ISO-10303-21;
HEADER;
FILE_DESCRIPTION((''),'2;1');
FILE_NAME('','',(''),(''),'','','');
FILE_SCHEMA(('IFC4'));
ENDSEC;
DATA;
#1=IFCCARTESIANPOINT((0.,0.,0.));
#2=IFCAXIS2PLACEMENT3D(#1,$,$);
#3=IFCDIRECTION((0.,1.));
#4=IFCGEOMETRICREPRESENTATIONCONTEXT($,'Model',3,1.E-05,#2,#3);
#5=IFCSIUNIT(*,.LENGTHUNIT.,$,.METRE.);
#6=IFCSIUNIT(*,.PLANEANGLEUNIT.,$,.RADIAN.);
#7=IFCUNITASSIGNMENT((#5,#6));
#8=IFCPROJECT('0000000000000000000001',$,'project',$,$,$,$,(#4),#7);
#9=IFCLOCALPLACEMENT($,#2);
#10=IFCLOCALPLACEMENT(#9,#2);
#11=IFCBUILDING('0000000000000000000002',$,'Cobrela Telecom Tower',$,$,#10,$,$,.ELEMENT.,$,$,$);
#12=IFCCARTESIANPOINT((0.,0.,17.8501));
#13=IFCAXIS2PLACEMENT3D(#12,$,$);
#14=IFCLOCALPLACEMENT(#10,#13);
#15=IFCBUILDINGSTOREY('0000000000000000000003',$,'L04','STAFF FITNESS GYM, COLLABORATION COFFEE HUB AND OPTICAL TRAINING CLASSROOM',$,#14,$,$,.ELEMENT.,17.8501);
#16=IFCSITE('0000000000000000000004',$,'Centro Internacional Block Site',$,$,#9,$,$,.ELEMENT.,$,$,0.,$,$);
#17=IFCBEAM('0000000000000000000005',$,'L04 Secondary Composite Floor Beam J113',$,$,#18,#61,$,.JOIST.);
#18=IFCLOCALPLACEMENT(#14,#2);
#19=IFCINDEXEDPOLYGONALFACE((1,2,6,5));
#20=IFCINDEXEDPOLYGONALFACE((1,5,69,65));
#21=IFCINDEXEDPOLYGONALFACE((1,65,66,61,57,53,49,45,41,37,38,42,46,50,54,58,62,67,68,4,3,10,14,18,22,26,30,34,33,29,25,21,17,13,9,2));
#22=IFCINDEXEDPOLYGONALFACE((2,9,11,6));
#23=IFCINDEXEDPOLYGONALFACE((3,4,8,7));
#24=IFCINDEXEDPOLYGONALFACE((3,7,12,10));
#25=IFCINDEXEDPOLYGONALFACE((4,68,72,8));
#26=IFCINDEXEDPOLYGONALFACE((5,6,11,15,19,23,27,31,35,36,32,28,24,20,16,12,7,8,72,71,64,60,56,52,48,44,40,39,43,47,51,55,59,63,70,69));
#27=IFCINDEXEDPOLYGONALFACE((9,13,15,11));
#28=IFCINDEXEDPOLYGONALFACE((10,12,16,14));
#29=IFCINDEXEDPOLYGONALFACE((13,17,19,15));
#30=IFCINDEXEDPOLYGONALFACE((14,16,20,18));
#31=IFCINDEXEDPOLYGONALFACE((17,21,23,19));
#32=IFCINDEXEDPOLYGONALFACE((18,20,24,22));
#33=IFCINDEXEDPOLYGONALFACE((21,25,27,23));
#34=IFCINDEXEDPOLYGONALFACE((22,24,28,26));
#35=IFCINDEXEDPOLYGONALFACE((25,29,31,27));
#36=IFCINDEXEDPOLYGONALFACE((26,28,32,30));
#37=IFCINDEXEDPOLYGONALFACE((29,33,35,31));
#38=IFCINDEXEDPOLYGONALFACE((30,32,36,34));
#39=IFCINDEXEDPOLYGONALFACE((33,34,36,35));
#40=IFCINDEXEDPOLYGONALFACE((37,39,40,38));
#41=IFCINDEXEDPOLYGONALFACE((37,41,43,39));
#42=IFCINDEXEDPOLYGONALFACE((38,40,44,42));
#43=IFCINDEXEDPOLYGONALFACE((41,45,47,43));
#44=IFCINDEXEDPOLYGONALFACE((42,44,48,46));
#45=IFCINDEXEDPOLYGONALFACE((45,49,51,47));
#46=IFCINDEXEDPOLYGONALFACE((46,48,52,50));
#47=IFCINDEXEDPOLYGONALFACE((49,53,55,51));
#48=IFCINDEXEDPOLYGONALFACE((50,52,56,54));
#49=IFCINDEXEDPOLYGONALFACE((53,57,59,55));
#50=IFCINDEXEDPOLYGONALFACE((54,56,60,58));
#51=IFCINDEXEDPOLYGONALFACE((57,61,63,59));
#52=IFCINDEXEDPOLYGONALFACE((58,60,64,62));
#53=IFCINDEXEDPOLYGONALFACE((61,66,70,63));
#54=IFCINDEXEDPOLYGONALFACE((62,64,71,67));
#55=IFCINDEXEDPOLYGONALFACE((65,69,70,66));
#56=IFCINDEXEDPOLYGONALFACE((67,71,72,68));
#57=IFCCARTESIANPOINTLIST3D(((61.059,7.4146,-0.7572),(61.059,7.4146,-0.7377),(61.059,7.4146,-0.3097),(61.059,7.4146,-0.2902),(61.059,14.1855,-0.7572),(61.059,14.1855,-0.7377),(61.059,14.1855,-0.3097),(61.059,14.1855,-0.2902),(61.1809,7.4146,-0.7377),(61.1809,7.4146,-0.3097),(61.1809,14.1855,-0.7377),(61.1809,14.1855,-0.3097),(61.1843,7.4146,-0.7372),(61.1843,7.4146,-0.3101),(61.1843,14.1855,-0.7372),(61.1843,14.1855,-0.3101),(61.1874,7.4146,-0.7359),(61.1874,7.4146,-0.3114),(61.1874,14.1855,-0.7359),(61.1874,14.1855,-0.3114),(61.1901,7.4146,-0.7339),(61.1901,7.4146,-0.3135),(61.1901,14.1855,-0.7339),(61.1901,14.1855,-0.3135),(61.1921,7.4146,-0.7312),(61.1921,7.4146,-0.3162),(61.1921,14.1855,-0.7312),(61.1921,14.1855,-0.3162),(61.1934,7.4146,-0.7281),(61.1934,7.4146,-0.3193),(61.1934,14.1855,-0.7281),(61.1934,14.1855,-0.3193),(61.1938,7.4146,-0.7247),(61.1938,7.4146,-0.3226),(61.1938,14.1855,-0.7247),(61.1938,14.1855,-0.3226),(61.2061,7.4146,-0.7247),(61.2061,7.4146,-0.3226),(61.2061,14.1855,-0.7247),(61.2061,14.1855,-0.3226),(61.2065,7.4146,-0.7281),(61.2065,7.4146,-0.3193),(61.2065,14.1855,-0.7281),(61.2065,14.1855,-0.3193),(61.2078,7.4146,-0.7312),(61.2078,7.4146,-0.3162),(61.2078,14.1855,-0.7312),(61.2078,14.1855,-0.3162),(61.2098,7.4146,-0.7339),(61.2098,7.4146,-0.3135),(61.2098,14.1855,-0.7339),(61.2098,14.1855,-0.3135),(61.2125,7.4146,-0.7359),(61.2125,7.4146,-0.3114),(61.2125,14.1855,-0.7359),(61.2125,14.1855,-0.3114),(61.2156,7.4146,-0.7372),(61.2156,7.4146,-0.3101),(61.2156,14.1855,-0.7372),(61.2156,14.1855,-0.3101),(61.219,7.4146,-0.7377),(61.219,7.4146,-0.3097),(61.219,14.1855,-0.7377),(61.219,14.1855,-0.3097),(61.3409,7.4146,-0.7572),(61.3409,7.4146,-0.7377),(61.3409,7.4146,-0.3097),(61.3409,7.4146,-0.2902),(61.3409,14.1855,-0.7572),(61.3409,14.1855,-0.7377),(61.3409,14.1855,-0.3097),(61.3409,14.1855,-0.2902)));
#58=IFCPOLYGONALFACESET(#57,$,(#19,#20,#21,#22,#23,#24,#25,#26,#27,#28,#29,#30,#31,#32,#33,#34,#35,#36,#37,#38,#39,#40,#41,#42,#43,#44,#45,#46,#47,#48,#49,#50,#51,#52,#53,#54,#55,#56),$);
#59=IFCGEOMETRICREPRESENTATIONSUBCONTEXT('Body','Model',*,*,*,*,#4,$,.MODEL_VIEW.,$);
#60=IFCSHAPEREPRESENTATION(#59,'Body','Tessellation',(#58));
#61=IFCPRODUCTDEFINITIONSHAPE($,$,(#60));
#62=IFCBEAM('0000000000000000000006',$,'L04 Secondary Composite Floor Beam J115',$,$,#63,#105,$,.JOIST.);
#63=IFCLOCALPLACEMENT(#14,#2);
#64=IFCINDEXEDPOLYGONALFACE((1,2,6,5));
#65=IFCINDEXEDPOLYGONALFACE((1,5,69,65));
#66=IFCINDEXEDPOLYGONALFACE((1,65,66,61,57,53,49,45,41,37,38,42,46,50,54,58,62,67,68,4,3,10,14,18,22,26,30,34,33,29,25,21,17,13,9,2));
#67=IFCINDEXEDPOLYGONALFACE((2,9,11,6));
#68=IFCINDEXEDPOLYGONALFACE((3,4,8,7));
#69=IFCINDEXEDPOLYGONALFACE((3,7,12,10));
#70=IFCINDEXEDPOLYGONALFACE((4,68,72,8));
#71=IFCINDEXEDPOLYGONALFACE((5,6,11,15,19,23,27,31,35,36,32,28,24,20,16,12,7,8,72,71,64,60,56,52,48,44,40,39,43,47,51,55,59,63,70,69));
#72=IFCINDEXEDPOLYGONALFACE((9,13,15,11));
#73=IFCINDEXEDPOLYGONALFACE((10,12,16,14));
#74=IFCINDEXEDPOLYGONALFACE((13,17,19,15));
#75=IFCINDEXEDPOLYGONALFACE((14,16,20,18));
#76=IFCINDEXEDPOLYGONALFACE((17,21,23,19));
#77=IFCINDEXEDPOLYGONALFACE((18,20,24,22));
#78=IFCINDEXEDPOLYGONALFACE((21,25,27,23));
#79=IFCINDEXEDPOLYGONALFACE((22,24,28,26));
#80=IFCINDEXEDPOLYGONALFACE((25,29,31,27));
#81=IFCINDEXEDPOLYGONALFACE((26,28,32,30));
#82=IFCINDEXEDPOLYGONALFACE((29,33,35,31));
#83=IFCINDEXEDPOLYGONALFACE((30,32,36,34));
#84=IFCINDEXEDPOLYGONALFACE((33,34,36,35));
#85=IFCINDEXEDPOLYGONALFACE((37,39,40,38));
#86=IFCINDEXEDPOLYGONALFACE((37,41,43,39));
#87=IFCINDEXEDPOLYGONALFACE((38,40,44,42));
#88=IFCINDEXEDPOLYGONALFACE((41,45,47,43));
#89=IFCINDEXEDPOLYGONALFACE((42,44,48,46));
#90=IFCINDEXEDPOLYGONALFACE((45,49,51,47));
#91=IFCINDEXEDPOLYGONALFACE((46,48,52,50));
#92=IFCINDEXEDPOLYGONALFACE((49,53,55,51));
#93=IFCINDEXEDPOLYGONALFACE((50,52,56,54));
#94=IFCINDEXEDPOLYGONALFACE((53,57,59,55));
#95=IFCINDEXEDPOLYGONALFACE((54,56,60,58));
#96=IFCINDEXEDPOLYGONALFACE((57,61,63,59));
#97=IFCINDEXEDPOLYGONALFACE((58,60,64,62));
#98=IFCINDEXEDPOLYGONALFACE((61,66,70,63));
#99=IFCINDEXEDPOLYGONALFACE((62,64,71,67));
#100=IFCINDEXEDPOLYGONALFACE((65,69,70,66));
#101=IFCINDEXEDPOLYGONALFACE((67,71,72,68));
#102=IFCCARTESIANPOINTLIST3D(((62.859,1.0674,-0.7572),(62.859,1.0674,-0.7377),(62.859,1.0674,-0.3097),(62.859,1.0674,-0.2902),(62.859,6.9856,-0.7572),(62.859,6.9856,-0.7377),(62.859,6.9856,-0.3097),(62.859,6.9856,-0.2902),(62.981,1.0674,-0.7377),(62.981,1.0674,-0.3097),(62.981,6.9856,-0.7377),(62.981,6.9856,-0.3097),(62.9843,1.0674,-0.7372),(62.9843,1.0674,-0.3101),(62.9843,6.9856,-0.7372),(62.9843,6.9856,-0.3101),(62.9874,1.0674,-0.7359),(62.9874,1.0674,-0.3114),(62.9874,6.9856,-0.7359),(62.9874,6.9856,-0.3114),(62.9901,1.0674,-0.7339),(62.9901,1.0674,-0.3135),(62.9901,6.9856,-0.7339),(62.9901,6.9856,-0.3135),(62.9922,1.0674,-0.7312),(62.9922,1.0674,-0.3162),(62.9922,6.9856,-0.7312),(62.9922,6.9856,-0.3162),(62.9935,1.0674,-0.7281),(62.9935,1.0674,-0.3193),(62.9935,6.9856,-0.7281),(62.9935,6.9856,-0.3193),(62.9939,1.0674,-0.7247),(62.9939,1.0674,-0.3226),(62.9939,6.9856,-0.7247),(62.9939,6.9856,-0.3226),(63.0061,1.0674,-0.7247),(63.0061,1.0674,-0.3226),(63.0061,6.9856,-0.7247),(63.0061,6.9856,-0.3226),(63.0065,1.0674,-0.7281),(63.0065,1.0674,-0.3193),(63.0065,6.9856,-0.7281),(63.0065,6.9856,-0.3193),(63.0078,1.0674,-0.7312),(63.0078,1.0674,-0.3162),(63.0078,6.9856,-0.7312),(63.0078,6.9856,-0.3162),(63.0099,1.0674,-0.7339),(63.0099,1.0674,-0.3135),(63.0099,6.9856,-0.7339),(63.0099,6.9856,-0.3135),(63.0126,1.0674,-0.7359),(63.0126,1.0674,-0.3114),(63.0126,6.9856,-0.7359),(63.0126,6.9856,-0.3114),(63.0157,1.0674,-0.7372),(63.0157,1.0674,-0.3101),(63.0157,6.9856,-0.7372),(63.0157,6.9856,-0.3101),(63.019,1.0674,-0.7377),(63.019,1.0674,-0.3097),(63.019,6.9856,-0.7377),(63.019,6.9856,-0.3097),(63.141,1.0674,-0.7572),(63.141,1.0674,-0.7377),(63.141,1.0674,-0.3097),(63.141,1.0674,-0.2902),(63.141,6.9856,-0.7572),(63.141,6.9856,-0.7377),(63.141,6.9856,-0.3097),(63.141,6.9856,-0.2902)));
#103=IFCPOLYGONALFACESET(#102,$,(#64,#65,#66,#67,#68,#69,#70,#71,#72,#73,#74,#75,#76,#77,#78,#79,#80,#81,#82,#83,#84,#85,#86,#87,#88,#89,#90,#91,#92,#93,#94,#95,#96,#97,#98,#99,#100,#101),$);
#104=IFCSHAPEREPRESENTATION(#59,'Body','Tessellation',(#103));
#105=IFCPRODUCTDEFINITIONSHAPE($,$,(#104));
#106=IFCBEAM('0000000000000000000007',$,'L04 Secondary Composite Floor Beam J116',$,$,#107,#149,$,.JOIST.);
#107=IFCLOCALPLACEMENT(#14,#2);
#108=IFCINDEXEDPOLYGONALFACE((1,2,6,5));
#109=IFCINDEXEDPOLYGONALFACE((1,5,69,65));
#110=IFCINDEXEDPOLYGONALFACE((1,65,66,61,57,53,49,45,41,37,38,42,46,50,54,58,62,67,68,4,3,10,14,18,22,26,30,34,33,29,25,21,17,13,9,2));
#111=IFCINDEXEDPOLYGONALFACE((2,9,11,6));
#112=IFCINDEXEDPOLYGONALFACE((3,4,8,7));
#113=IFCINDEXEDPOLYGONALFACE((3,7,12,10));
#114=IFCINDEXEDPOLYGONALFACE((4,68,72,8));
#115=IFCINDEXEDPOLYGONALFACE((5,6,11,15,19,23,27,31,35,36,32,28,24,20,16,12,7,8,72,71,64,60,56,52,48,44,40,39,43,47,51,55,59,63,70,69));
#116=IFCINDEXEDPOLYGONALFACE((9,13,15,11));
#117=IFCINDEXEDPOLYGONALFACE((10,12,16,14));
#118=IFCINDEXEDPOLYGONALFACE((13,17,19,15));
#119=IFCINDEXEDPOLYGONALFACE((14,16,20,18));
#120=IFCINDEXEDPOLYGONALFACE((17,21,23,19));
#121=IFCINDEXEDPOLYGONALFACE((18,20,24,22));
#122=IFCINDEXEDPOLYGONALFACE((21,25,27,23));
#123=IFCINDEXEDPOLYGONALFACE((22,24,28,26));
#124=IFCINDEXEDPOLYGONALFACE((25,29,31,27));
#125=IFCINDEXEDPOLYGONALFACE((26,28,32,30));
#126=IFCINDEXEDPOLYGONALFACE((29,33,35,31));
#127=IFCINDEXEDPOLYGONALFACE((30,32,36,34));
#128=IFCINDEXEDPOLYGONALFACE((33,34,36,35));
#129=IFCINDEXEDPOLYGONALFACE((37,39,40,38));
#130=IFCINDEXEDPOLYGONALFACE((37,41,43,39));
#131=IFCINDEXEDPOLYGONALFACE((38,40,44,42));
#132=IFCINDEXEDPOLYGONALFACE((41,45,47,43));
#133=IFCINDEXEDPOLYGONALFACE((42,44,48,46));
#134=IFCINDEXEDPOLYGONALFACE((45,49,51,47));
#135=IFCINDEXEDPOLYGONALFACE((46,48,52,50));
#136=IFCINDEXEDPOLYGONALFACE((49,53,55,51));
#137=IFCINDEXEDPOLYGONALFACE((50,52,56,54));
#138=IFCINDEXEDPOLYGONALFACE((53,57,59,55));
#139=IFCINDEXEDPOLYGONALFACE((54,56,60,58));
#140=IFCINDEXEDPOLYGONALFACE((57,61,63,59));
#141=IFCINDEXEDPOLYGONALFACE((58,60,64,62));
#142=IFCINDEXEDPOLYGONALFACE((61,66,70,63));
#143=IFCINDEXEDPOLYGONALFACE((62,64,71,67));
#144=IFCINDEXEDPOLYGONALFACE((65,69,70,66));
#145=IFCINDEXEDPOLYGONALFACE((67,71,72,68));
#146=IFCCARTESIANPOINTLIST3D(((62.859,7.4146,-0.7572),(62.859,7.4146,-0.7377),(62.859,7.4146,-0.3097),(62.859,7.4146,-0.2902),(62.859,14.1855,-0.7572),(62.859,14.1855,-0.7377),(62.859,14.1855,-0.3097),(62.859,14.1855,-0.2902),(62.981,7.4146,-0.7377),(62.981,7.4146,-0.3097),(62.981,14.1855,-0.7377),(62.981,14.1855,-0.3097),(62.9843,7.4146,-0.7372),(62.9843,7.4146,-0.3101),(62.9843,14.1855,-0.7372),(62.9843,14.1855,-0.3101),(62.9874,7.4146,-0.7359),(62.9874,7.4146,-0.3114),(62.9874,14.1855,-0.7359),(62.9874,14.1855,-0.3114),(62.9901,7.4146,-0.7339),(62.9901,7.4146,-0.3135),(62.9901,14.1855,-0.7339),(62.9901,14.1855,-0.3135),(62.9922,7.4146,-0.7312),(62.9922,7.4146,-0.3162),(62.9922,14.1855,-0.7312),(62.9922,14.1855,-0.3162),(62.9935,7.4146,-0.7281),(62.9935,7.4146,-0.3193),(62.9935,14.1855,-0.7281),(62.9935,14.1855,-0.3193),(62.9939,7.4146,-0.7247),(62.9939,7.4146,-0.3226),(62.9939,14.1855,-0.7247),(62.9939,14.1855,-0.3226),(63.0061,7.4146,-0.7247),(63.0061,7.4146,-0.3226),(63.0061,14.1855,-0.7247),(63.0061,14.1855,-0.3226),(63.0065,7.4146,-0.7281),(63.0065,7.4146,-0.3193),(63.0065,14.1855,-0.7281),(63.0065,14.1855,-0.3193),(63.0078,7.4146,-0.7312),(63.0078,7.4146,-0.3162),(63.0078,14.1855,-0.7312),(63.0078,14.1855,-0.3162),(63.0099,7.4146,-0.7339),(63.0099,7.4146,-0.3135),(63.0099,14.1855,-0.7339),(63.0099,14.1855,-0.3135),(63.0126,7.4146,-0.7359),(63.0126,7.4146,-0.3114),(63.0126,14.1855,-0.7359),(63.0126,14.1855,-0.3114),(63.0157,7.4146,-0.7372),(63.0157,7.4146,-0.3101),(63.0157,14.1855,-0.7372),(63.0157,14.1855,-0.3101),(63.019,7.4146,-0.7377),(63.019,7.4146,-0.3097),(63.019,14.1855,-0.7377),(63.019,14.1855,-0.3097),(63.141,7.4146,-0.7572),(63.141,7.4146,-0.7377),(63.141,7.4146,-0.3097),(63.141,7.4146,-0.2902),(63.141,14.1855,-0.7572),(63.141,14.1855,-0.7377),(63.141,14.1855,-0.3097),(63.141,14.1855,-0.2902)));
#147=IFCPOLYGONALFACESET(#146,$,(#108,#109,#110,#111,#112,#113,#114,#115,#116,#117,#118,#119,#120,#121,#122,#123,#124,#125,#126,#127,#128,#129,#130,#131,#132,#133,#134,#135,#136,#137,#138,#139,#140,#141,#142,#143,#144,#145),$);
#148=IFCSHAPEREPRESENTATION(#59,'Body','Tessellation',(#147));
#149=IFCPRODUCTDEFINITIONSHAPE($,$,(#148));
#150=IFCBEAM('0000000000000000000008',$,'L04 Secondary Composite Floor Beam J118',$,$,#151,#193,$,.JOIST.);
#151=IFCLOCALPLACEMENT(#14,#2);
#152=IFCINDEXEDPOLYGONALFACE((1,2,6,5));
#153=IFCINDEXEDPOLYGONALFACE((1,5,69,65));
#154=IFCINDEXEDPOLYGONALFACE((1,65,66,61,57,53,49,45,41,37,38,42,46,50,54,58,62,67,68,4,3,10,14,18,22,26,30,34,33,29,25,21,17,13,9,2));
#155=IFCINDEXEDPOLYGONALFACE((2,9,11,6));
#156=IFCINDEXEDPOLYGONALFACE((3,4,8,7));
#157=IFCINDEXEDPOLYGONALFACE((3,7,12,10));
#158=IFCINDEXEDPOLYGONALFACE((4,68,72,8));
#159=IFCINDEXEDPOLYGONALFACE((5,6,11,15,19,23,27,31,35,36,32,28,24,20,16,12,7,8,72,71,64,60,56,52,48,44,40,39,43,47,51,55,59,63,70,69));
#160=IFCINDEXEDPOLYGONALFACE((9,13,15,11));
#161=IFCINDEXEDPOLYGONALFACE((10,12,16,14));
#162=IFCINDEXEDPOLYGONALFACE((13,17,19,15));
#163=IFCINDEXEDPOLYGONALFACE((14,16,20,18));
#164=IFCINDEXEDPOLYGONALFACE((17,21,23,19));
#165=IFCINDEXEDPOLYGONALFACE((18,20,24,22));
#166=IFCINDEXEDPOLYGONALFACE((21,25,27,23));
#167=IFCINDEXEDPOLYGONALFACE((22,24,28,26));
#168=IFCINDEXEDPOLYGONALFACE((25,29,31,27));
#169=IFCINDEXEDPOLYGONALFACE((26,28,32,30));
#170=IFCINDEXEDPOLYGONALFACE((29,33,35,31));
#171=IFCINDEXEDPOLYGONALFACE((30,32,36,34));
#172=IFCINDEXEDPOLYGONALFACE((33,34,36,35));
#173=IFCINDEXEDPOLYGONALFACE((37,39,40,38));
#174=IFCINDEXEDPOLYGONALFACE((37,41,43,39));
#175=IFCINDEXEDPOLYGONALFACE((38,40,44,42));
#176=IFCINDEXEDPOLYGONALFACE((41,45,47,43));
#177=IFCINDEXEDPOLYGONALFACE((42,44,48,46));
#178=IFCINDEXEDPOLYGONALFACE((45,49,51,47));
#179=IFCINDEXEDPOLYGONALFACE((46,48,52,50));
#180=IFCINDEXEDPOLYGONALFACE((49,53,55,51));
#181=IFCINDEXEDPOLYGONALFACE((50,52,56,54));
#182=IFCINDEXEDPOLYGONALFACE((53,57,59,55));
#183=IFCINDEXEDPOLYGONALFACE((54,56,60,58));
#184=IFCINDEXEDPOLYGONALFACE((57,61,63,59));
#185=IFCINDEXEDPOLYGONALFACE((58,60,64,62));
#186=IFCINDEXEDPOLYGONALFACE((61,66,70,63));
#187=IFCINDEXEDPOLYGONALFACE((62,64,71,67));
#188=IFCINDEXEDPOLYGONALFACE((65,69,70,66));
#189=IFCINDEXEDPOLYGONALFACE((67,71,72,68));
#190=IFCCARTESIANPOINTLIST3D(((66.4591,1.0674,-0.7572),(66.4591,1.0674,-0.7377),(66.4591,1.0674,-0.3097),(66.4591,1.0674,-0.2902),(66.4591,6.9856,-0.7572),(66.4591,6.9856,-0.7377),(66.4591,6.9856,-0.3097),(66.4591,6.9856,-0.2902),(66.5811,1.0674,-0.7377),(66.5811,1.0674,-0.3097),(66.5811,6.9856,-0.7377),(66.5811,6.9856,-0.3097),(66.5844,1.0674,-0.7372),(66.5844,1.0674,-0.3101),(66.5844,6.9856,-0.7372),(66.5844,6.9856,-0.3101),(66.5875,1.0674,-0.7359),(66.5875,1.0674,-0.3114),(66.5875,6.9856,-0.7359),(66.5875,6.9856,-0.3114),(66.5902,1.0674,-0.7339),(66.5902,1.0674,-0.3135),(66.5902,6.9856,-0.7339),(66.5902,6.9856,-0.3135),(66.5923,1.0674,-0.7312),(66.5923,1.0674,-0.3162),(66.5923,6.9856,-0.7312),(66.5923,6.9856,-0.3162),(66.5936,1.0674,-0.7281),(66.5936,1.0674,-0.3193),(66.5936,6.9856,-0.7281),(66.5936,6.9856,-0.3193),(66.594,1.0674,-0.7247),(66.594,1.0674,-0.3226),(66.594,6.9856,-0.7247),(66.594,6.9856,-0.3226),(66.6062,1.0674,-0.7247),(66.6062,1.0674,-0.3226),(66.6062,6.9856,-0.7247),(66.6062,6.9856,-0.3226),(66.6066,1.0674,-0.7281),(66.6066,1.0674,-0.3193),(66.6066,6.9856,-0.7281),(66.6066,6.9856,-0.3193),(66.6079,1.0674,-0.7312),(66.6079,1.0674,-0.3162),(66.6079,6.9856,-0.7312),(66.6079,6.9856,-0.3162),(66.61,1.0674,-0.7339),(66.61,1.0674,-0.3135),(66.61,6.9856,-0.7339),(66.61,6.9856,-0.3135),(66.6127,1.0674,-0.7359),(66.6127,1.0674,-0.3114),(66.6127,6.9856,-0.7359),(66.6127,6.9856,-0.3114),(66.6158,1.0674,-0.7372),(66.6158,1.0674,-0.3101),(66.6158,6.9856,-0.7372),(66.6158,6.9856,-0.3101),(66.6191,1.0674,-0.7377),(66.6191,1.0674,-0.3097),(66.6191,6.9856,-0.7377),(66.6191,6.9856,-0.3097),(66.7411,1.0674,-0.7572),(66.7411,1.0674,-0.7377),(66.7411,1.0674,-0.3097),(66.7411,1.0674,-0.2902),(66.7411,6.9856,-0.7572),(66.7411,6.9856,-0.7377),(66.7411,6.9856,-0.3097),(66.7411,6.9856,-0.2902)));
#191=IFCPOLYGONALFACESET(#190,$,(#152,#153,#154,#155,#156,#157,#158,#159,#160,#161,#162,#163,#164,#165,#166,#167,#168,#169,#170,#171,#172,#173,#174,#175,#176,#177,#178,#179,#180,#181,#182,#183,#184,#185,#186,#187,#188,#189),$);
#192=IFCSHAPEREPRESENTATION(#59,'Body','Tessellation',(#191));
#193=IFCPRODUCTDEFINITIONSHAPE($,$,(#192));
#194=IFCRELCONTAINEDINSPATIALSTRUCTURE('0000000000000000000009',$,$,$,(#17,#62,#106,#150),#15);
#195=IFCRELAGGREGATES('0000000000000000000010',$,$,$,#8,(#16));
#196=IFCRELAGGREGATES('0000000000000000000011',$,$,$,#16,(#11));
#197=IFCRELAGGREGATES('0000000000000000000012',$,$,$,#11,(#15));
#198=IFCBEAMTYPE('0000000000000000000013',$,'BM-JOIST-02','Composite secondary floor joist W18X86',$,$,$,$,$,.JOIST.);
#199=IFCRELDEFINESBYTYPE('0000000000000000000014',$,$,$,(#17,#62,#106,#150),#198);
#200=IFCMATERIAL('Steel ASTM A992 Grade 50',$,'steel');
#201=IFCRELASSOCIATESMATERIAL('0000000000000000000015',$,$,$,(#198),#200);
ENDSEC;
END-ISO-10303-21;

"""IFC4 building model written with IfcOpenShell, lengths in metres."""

from ifc_helpers import new_model, si_unit, direction, frame, origin, origin_2d, place, context, subcontext, project, spatial, i_section, extrude, material, material_profile, profile_set, type_object, element, save


model = new_model("IFC4")

# Units and contexts
model_context = context("Model", 3, precision=1e-05, world=origin(), true_north=direction((0.0, 1.0)))
body_context = subcontext(model_context, "Body", "Model", "MODEL_VIEW")
ifc_project = project(units=[si_unit("LENGTHUNIT", "METRE"), si_unit("PLANEANGLEUNIT", "RADIAN")], contexts=[model_context])

# Site, building, storey
site_placement = place(None, origin())
site = spatial("IfcSite", under=ifc_project, at=site_placement, Name="Centro Internacional Block Site", CompositionType="ELEMENT", RefElevation=0.0)
building_placement = place(site_placement, origin())
building = spatial("IfcBuilding", under=site, at=building_placement, Name="Cobrela Telecom Tower", CompositionType="ELEMENT")
storey_placement = place(building_placement, frame((0.0, 0.0, 17.8501)))
storey = spatial("IfcBuildingStorey", under=building, at=storey_placement, Name="L04", Description="STAFF FITNESS GYM, COLLABORATION COFFEE HUB AND OPTICAL TRAINING CLASSROOM", CompositionType="ELEMENT", Elevation=17.8501)

# Beams
ifc_material_1 = material(Name="Steel ASTM A992 Grade 50", Category="steel")
ifc_material_profile_1 = material_profile(ifc_material_1, i_section(OverallWidth=0.282, OverallDepth=0.467, WebThickness=0.0122, FlangeThickness=0.0195, FilletRadius=0.0129, at=origin_2d()), Name="W18X86")
ifc_profile_set_1 = profile_set([ifc_material_profile_1], Name="Steel ASTM A992 Grade 50")
beam_type_1 = type_object("IfcBeamType", Name="BM-JOIST-02", Description="Composite secondary floor joist W18X86", PredefinedType="JOIST", material=ifc_profile_set_1)
beam_1_placement = place(storey_placement, frame((61.2, 7.4146, -0.5237), z_axis=(0.0, 1.0, 0.0), x_axis=(-1.0, 0.0, 0.0)))
element("IfcBeam", 1, at=beam_1_placement, inside=storey, type_object=beam_type_1, Name="L04 Secondary Composite Floor Beam J113", PredefinedType="JOIST", context=body_context, shape_type="SweptSolid", body=[
    extrude(i_section(OverallWidth=0.282, OverallDepth=0.467, WebThickness=0.0122, FlangeThickness=0.0195, FilletRadius=0.0129, at=origin_2d()), origin(), (0.0, 0.0, 1.0), 6.771),
])
beam_2_placement = place(storey_placement, frame((63.0, 1.0674, -0.5237), z_axis=(0.0, 1.0, 0.0), x_axis=(-1.0, 0.0, 0.0)))
element("IfcBeam", 2, at=beam_2_placement, inside=storey, type_object=beam_type_1, Name="L04 Secondary Composite Floor Beam J115", PredefinedType="JOIST", context=body_context, shape_type="SweptSolid", body=[
    extrude(i_section(OverallWidth=0.282, OverallDepth=0.467, WebThickness=0.0122, FlangeThickness=0.0195, FilletRadius=0.0129, at=origin_2d()), origin(), (0.0, 0.0, 1.0), 5.9182),
])
beam_3_placement = place(storey_placement, frame((63.0, 7.4146, -0.5237), z_axis=(0.0, 1.0, 0.0), x_axis=(-1.0, 0.0, 0.0)))
element("IfcBeam", 3, at=beam_3_placement, inside=storey, type_object=beam_type_1, Name="L04 Secondary Composite Floor Beam J116", PredefinedType="JOIST", context=body_context, shape_type="SweptSolid", body=[
    extrude(i_section(OverallWidth=0.282, OverallDepth=0.467, WebThickness=0.0122, FlangeThickness=0.0195, FilletRadius=0.0129, at=origin_2d()), origin(), (0.0, 0.0, 1.0), 6.771),
])
beam_4_placement = place(storey_placement, frame((66.6001, 1.0674, -0.5237), z_axis=(0.0, 1.0, 0.0), x_axis=(-1.0, 0.0, 0.0)))
element("IfcBeam", 4, at=beam_4_placement, inside=storey, type_object=beam_type_1, Name="L04 Secondary Composite Floor Beam J118", PredefinedType="JOIST", context=body_context, shape_type="SweptSolid", body=[
    extrude(i_section(OverallWidth=0.282, OverallDepth=0.467, WebThickness=0.0122, FlangeThickness=0.0195, FilletRadius=0.0129, at=origin_2d()), origin(), (0.0, 0.0, 1.0), 5.9182),
])

save(model, "model.ifc")
